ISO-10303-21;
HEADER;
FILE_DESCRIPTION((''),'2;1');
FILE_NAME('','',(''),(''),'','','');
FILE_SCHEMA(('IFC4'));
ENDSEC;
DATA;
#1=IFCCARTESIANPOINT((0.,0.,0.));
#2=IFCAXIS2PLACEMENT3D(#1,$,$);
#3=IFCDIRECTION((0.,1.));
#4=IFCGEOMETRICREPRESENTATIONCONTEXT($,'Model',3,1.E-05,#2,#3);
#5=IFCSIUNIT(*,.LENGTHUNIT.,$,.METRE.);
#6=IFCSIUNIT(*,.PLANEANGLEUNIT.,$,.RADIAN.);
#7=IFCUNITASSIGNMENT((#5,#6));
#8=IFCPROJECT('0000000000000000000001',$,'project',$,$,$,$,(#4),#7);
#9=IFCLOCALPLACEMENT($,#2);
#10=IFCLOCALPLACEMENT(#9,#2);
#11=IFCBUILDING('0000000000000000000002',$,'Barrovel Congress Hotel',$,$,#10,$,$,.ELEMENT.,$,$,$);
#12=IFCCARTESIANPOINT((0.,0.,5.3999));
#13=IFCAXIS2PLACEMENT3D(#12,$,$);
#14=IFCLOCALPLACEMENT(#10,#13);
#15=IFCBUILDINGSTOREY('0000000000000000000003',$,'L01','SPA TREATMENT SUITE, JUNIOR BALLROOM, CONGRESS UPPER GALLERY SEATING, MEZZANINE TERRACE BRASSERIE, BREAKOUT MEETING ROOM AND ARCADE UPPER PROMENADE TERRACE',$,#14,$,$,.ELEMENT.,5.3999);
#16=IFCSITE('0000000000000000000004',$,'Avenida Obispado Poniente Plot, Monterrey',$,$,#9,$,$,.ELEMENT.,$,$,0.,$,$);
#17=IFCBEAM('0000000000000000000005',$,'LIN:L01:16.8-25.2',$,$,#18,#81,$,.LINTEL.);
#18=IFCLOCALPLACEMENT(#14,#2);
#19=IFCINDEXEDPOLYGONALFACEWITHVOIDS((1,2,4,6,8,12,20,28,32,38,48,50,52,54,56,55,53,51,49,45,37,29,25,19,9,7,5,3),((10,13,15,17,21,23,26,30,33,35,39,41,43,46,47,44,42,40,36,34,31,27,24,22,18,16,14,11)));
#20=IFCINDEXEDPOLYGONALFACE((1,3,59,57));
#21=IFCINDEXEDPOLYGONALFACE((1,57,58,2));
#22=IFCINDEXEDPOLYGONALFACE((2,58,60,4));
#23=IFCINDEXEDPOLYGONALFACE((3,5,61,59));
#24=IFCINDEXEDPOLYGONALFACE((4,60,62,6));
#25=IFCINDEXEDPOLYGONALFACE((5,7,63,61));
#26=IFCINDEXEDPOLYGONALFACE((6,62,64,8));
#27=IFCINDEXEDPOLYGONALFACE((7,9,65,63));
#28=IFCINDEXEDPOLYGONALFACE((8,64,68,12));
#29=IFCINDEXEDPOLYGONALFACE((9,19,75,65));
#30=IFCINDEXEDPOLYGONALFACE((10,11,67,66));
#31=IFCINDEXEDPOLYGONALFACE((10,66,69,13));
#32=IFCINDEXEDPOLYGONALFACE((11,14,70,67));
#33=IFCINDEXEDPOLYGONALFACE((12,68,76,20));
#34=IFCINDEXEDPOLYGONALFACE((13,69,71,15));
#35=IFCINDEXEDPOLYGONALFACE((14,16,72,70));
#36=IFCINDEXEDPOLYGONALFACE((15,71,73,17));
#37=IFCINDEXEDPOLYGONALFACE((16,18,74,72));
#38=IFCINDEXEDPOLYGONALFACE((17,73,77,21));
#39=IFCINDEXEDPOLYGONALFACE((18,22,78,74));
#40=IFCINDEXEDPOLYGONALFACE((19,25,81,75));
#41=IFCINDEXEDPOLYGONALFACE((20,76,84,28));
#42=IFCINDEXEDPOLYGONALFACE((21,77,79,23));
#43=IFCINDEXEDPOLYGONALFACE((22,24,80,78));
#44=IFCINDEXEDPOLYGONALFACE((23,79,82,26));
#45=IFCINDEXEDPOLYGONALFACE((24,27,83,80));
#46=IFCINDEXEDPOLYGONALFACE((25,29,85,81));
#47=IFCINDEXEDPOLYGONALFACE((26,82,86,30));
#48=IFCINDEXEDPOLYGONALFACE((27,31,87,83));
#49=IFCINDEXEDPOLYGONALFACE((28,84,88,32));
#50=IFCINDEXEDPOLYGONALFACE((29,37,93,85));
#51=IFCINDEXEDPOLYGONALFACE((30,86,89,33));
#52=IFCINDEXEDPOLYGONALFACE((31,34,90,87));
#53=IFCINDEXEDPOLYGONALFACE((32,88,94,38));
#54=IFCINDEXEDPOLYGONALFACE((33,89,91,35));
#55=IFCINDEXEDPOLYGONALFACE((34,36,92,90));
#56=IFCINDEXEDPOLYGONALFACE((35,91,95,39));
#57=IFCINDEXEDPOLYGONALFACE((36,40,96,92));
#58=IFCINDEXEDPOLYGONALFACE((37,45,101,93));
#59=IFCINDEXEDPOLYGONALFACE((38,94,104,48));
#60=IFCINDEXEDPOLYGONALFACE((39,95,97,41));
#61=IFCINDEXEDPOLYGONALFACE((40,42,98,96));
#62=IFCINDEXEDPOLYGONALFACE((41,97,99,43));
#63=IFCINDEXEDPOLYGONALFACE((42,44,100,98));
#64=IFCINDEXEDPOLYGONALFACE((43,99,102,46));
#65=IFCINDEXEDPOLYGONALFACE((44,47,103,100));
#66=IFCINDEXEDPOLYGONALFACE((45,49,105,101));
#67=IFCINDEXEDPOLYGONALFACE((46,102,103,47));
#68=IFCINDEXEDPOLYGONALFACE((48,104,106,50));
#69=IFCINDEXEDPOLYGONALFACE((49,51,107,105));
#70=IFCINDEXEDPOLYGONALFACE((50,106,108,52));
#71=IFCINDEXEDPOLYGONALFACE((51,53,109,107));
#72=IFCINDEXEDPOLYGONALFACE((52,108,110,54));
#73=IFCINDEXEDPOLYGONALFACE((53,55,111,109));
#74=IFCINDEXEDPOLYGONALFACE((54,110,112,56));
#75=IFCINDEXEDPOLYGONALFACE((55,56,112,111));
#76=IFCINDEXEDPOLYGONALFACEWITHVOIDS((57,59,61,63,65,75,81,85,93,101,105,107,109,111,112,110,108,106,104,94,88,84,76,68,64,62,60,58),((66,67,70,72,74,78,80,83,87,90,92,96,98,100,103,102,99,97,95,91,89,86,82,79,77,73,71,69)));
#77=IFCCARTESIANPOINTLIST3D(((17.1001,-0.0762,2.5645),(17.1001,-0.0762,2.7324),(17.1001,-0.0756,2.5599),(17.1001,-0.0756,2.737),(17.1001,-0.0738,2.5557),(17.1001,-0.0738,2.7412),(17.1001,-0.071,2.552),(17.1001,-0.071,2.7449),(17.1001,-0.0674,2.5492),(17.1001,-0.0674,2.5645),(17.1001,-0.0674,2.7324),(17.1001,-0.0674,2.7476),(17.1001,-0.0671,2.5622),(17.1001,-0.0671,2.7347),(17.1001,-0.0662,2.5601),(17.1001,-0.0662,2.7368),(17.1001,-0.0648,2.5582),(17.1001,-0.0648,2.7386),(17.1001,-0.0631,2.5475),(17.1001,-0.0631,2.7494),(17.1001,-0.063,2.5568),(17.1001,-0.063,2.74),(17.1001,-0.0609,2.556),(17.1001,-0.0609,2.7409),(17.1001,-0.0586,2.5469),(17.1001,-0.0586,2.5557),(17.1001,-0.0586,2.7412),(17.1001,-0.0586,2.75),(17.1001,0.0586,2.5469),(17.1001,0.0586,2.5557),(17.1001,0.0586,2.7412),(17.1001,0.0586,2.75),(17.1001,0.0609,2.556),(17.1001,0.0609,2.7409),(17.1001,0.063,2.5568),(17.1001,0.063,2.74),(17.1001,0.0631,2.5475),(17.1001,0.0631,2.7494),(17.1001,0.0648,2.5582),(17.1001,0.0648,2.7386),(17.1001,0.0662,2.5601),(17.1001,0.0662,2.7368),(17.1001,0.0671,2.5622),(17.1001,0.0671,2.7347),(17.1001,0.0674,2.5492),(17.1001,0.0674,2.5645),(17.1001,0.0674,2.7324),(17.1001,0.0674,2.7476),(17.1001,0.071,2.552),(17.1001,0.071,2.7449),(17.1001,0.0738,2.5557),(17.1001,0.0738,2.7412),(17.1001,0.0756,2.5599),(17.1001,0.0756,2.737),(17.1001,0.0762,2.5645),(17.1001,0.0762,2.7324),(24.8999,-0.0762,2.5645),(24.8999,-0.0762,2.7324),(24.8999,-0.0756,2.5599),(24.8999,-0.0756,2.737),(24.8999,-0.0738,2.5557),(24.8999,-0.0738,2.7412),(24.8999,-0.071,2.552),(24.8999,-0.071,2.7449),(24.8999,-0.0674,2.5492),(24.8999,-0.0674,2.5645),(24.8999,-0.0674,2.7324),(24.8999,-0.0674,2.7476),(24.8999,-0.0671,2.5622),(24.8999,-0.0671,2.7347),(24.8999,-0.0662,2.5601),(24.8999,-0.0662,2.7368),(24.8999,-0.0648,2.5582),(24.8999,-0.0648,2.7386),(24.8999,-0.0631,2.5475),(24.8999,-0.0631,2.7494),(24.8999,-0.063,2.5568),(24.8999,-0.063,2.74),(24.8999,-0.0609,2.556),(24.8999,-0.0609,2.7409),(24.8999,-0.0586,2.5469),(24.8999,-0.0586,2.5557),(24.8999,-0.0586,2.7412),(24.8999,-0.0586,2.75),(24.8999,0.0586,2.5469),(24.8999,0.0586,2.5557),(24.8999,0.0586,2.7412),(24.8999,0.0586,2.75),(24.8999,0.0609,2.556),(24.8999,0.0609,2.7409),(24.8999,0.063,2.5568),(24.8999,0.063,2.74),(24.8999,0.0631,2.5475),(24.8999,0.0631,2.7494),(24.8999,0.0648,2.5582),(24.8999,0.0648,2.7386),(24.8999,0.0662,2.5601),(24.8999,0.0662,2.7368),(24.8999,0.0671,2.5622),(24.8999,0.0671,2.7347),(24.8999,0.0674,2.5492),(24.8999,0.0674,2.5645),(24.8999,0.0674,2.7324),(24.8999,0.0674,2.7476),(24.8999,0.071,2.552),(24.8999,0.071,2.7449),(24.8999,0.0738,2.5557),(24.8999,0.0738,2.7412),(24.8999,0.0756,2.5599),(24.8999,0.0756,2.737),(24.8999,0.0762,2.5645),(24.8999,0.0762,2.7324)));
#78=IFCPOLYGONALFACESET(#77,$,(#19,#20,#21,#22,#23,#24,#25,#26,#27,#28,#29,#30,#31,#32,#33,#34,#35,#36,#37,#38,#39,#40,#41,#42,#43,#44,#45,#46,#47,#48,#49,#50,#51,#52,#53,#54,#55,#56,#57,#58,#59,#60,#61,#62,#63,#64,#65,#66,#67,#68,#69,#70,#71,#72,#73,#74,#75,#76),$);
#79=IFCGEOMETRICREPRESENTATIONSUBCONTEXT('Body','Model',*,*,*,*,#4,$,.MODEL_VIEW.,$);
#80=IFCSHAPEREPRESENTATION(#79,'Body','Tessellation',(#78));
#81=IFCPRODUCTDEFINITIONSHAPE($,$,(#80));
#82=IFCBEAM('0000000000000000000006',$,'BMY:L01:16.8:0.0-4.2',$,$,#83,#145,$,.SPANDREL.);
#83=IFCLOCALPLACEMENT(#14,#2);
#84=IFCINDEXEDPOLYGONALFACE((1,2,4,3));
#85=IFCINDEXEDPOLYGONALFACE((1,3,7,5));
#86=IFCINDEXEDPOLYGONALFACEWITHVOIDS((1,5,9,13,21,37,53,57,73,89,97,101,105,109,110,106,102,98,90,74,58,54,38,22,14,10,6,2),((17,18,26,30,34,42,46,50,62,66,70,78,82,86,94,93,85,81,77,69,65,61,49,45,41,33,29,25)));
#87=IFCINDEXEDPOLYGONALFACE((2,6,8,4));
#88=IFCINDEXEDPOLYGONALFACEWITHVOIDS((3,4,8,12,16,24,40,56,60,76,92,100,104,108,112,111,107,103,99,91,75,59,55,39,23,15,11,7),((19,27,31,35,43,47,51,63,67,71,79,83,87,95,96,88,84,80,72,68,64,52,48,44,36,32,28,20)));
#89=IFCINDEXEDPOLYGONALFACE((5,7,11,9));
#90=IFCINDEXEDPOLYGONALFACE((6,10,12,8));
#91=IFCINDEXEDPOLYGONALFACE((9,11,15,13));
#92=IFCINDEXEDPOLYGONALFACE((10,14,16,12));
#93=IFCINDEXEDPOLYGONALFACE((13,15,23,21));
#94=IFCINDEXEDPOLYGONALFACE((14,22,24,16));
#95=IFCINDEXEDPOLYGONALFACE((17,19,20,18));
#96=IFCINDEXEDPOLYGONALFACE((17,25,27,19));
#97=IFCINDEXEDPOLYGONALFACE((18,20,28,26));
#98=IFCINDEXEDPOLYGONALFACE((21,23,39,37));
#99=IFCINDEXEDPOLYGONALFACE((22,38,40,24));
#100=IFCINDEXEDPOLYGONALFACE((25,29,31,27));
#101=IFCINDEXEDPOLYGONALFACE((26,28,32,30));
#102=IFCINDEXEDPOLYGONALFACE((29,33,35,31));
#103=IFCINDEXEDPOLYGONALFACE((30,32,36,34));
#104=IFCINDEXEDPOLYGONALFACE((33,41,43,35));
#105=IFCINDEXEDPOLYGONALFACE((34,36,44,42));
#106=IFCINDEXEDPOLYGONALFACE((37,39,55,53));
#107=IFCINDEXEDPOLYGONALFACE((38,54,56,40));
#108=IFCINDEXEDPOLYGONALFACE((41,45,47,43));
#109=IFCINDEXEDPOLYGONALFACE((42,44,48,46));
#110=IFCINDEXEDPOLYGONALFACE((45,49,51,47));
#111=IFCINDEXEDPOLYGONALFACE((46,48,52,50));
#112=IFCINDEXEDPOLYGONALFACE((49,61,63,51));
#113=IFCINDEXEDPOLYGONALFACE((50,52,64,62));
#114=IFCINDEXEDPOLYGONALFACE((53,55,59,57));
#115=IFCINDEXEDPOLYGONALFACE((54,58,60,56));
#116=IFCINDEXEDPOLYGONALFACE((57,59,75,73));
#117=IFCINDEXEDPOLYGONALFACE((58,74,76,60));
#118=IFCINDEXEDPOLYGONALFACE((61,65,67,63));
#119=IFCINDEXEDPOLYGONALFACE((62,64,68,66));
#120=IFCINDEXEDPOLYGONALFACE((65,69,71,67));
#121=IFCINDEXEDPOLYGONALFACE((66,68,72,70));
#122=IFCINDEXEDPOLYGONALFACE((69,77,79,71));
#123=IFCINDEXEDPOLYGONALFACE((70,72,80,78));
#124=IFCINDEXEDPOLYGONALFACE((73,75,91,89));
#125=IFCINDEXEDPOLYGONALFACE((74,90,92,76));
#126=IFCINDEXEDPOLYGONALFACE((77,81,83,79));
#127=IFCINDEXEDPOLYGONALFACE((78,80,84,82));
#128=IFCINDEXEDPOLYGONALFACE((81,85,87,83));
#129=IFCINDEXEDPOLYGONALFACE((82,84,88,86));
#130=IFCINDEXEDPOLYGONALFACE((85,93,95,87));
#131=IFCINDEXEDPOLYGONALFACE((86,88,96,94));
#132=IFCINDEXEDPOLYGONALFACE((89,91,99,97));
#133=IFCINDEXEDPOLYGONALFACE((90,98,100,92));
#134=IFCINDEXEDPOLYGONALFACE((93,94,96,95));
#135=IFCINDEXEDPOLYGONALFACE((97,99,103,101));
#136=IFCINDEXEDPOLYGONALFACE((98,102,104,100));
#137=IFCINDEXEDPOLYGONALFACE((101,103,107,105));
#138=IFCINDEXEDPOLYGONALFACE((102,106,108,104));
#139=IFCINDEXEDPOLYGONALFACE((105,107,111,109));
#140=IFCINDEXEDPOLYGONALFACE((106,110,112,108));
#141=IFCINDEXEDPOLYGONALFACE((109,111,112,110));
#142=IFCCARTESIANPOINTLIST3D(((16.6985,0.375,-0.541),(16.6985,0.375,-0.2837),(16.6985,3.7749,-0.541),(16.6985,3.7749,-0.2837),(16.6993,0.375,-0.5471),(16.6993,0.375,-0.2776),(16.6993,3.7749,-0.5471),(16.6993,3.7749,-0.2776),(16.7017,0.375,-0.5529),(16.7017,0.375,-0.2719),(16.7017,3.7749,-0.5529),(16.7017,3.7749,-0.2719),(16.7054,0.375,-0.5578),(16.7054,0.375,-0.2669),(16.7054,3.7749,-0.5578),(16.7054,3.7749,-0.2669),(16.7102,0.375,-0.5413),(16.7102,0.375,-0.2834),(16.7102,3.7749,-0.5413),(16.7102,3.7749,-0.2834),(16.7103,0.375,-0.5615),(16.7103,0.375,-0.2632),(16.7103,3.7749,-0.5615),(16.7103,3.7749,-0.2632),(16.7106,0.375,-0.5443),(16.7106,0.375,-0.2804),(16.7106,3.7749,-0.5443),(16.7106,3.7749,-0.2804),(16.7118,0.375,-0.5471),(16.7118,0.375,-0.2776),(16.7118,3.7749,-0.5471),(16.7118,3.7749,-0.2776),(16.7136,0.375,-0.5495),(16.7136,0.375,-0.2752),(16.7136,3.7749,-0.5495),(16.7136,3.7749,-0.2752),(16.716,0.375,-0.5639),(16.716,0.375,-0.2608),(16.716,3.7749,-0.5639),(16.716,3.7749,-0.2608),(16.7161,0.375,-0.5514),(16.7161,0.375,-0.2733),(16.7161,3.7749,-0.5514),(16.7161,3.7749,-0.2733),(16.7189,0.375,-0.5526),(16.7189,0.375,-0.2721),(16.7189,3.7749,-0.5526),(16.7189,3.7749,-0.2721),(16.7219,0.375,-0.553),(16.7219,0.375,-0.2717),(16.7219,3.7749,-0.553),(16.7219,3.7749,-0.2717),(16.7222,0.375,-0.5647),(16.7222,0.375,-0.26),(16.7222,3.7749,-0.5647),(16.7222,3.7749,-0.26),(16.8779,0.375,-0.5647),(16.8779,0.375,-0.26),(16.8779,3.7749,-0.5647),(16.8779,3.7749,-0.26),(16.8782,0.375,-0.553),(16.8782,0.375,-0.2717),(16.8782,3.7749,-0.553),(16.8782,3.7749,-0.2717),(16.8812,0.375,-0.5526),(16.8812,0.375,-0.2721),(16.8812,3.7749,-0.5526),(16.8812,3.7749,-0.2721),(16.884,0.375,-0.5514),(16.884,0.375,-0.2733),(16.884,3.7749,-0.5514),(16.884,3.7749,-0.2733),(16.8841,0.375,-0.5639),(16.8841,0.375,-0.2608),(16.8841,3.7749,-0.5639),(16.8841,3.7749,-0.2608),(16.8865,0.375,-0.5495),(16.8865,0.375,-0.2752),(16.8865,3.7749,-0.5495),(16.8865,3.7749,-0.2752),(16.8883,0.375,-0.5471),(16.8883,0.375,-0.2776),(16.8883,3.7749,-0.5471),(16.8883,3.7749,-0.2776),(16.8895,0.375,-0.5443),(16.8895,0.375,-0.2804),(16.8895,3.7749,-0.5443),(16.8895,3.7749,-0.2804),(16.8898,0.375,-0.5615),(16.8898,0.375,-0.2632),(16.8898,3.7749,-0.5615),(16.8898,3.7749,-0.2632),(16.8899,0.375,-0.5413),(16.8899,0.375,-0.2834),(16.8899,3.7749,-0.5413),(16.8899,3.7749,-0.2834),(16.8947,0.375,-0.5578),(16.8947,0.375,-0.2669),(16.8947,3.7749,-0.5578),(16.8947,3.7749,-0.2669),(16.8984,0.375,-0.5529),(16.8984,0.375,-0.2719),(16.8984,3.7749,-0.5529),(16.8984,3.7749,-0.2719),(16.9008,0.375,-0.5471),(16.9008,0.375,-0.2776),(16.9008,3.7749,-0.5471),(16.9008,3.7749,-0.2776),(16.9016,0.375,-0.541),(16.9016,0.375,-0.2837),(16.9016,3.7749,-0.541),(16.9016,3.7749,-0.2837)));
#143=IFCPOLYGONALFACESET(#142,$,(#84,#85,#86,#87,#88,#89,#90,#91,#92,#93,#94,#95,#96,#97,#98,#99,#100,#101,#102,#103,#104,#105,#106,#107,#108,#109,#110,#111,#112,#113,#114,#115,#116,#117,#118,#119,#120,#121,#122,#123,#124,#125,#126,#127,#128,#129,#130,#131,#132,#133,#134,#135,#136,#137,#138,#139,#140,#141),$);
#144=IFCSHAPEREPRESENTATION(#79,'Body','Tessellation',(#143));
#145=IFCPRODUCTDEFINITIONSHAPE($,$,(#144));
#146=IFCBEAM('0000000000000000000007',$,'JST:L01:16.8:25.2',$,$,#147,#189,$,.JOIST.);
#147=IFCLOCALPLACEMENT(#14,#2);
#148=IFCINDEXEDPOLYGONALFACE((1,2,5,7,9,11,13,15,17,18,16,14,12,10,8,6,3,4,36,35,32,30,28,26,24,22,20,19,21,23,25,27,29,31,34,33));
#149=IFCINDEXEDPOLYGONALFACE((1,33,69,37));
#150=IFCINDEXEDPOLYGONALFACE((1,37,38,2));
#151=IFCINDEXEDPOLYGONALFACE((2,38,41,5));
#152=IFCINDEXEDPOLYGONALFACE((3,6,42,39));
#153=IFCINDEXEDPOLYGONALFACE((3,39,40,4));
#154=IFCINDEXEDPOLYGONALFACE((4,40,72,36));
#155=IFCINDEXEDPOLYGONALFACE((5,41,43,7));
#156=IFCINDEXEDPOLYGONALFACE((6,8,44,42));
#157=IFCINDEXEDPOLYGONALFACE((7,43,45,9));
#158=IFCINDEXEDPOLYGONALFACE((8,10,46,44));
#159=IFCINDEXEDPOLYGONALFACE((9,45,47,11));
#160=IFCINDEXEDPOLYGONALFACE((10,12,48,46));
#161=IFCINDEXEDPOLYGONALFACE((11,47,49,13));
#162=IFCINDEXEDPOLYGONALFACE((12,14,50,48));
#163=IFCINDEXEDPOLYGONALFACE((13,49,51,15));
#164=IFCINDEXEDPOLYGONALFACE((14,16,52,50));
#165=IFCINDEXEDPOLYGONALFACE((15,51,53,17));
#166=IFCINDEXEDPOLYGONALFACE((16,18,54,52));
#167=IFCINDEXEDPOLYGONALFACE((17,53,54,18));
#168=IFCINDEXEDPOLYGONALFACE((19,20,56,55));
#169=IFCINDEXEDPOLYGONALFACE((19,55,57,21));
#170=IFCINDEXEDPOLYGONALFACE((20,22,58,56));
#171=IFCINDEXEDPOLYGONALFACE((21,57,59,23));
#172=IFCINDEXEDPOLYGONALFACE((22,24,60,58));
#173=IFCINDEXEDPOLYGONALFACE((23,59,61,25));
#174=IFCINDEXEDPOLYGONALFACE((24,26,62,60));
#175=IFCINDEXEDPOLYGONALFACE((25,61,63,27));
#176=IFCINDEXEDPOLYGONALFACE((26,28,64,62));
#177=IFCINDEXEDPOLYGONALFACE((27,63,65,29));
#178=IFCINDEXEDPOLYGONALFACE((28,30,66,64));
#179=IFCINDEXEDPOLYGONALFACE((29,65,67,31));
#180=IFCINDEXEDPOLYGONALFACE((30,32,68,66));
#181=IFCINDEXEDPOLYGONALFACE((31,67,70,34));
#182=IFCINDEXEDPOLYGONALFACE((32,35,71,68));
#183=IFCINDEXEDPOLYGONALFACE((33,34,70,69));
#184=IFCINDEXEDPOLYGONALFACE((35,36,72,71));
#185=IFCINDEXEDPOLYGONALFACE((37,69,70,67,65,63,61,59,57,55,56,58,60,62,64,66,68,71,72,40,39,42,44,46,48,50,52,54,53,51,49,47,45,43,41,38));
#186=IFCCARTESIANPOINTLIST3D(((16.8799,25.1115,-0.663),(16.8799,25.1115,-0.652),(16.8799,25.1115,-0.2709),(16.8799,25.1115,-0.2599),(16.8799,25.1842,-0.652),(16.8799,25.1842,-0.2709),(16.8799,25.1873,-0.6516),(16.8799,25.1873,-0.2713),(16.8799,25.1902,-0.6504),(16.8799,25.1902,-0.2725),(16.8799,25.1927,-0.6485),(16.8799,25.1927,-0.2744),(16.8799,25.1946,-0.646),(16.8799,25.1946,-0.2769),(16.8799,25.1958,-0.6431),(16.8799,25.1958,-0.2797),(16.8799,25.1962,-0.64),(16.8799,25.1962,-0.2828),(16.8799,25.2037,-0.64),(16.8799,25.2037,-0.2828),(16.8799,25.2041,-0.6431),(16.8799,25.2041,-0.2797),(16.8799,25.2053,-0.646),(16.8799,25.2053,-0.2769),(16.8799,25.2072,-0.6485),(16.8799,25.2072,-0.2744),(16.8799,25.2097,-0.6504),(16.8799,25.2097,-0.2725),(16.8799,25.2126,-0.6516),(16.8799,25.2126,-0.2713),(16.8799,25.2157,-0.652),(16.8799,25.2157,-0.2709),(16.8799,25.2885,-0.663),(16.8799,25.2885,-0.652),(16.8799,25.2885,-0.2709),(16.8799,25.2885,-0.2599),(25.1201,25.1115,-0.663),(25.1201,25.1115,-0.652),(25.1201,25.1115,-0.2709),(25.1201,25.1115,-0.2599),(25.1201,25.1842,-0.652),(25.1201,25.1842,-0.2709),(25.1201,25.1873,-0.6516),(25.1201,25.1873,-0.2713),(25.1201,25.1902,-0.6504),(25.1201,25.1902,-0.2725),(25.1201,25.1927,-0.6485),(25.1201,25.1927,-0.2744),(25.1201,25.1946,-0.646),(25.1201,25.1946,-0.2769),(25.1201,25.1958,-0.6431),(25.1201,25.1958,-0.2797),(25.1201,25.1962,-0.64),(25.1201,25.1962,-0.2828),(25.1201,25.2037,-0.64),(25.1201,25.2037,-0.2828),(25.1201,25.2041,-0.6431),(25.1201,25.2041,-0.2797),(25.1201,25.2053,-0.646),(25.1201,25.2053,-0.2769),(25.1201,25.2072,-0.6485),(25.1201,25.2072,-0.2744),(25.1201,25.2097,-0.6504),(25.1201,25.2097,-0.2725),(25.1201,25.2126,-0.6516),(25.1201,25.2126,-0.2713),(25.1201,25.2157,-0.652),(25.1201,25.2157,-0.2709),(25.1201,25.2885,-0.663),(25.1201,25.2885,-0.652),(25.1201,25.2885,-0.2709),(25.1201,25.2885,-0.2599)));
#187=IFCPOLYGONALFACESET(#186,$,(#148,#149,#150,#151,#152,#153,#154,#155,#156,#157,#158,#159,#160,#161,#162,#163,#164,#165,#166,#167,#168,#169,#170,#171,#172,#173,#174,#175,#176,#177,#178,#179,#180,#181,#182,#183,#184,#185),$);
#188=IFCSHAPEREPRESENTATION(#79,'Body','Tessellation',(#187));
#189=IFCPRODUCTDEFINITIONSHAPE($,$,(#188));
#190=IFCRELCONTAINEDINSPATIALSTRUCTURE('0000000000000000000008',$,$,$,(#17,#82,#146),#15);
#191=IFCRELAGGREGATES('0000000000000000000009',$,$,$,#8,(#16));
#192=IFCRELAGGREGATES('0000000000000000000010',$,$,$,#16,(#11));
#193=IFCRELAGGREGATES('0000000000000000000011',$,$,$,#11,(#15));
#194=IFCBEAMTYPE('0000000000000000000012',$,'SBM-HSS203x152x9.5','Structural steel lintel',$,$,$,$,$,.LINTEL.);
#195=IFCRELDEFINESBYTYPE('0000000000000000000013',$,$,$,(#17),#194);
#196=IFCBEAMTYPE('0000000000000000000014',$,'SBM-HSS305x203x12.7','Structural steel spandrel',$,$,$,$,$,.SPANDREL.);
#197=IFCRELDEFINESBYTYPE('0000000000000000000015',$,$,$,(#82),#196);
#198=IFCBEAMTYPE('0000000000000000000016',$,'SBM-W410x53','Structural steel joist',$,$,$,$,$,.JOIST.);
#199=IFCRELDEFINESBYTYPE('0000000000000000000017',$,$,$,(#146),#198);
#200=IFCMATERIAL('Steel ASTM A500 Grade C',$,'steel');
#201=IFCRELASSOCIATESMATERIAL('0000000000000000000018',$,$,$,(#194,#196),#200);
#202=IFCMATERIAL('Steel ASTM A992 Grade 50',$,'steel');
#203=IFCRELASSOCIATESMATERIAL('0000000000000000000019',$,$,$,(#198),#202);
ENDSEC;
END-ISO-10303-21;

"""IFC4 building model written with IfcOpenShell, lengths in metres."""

from ifc_helpers import new_model, si_unit, direction, frame, origin, origin_2d, place, context, subcontext, project, spatial, hollow_rectangle, i_section, extrude, material, material_profile, profile_set, type_object, element, save


model = new_model("IFC4")

# Units and contexts
model_context = context("Model", 3, precision=1e-05, world=origin(), true_north=direction((0.0, 1.0)))
body_context = subcontext(model_context, "Body", "Model", "MODEL_VIEW")
ifc_project = project(units=[si_unit("LENGTHUNIT", "METRE"), si_unit("PLANEANGLEUNIT", "RADIAN")], contexts=[model_context])

# Site, building, storey
site_placement = place(None, origin())
site = spatial("IfcSite", under=ifc_project, at=site_placement, Name="Avenida Obispado Poniente Plot, Monterrey", CompositionType="ELEMENT", RefElevation=0.0)
building_placement = place(site_placement, origin())
building = spatial("IfcBuilding", under=site, at=building_placement, Name="Barrovel Congress Hotel", CompositionType="ELEMENT")
storey_placement = place(building_placement, frame((0.0, 0.0, 5.3999)))
storey = spatial("IfcBuildingStorey", under=building, at=storey_placement, Name="L01", Description="SPA TREATMENT SUITE, JUNIOR BALLROOM, CONGRESS UPPER GALLERY SEATING, MEZZANINE TERRACE BRASSERIE, BREAKOUT MEETING ROOM AND ARCADE UPPER PROMENADE TERRACE", CompositionType="ELEMENT", Elevation=5.3999)

# Beams
ifc_material_1 = material(Name="Steel ASTM A500 Grade C", Category="steel")
ifc_material_profile_1 = material_profile(ifc_material_1, hollow_rectangle(XDim=0.1523, YDim=0.2031, WallThickness=0.0088, InnerFilletRadius=0.0088, OuterFilletRadius=0.0176, at=origin_2d()), Name="HSS203x152x9.5")
ifc_profile_set_1 = profile_set([ifc_material_profile_1], Name="Steel ASTM A500 Grade C")
beam_type_1 = type_object("IfcBeamType", Name="SBM-HSS203x152x9.5", Description="Structural steel lintel", PredefinedType="LINTEL", material=ifc_profile_set_1)
beam_1_placement = place(storey_placement, frame((17.1001, 0.0, 2.6484), z_axis=(1.0, 0.0, 0.0), x_axis=(0.0, 1.0, 0.0)))
element("IfcBeam", 1, at=beam_1_placement, inside=storey, type_object=beam_type_1, Name="LIN:L01:16.8-25.2", PredefinedType="LINTEL", context=body_context, shape_type="SweptSolid", body=[
    extrude(hollow_rectangle(XDim=0.1523, YDim=0.2031, WallThickness=0.0088, InnerFilletRadius=0.0088, OuterFilletRadius=0.0176, at=origin_2d()), origin(), (0.0, 0.0, 1.0), 7.7998),
])
ifc_material_profile_2 = material_profile(ifc_material_1, hollow_rectangle(XDim=0.2031, YDim=0.3047, WallThickness=0.0117, InnerFilletRadius=0.0117, OuterFilletRadius=0.0237, at=origin_2d()), Name="HSS305x203x12.7")
ifc_profile_set_2 = profile_set([ifc_material_profile_2], Name="Steel ASTM A500 Grade C")
beam_type_2 = type_object("IfcBeamType", Name="SBM-HSS305x203x12.7", Description="Structural steel spandrel", PredefinedType="SPANDREL", material=ifc_profile_set_2)
beam_2_placement = place(storey_placement, frame((16.8, 0.375, -0.4124), z_axis=(0.0, 1.0, 0.0), x_axis=(-1.0, 0.0, 0.0)))
element("IfcBeam", 2, at=beam_2_placement, inside=storey, type_object=beam_type_2, Name="BMY:L01:16.8:0.0-4.2", PredefinedType="SPANDREL", context=body_context, shape_type="SweptSolid", body=[
    extrude(hollow_rectangle(XDim=0.2031, YDim=0.3047, WallThickness=0.0117, InnerFilletRadius=0.0117, OuterFilletRadius=0.0237, at=origin_2d()), origin(), (0.0, 0.0, 1.0), 3.3999),
])
ifc_material_2 = material(Name="Steel ASTM A992 Grade 50", Category="steel")
ifc_material_profile_3 = material_profile(ifc_material_2, i_section(OverallWidth=0.177, OverallDepth=0.4031, WebThickness=0.0076, FlangeThickness=0.011, FilletRadius=0.012, at=origin_2d()), Name="W410x53")
ifc_profile_set_3 = profile_set([ifc_material_profile_3], Name="Steel ASTM A992 Grade 50")
beam_type_3 = type_object("IfcBeamType", Name="SBM-W410x53", Description="Structural steel joist", PredefinedType="JOIST", material=ifc_profile_set_3)
beam_3_placement = place(storey_placement, frame((16.8799, 25.2, -0.4614), z_axis=(1.0, 0.0, 0.0), x_axis=(0.0, 1.0, 0.0)))
element("IfcBeam", 3, at=beam_3_placement, inside=storey, type_object=beam_type_3, Name="JST:L01:16.8:25.2", PredefinedType="JOIST", context=body_context, shape_type="SweptSolid", body=[
    extrude(i_section(OverallWidth=0.177, OverallDepth=0.4031, WebThickness=0.0076, FlangeThickness=0.011, FilletRadius=0.012, at=origin_2d()), origin(), (0.0, 0.0, 1.0), 8.2402),
])

save(model, "model.ifc")
